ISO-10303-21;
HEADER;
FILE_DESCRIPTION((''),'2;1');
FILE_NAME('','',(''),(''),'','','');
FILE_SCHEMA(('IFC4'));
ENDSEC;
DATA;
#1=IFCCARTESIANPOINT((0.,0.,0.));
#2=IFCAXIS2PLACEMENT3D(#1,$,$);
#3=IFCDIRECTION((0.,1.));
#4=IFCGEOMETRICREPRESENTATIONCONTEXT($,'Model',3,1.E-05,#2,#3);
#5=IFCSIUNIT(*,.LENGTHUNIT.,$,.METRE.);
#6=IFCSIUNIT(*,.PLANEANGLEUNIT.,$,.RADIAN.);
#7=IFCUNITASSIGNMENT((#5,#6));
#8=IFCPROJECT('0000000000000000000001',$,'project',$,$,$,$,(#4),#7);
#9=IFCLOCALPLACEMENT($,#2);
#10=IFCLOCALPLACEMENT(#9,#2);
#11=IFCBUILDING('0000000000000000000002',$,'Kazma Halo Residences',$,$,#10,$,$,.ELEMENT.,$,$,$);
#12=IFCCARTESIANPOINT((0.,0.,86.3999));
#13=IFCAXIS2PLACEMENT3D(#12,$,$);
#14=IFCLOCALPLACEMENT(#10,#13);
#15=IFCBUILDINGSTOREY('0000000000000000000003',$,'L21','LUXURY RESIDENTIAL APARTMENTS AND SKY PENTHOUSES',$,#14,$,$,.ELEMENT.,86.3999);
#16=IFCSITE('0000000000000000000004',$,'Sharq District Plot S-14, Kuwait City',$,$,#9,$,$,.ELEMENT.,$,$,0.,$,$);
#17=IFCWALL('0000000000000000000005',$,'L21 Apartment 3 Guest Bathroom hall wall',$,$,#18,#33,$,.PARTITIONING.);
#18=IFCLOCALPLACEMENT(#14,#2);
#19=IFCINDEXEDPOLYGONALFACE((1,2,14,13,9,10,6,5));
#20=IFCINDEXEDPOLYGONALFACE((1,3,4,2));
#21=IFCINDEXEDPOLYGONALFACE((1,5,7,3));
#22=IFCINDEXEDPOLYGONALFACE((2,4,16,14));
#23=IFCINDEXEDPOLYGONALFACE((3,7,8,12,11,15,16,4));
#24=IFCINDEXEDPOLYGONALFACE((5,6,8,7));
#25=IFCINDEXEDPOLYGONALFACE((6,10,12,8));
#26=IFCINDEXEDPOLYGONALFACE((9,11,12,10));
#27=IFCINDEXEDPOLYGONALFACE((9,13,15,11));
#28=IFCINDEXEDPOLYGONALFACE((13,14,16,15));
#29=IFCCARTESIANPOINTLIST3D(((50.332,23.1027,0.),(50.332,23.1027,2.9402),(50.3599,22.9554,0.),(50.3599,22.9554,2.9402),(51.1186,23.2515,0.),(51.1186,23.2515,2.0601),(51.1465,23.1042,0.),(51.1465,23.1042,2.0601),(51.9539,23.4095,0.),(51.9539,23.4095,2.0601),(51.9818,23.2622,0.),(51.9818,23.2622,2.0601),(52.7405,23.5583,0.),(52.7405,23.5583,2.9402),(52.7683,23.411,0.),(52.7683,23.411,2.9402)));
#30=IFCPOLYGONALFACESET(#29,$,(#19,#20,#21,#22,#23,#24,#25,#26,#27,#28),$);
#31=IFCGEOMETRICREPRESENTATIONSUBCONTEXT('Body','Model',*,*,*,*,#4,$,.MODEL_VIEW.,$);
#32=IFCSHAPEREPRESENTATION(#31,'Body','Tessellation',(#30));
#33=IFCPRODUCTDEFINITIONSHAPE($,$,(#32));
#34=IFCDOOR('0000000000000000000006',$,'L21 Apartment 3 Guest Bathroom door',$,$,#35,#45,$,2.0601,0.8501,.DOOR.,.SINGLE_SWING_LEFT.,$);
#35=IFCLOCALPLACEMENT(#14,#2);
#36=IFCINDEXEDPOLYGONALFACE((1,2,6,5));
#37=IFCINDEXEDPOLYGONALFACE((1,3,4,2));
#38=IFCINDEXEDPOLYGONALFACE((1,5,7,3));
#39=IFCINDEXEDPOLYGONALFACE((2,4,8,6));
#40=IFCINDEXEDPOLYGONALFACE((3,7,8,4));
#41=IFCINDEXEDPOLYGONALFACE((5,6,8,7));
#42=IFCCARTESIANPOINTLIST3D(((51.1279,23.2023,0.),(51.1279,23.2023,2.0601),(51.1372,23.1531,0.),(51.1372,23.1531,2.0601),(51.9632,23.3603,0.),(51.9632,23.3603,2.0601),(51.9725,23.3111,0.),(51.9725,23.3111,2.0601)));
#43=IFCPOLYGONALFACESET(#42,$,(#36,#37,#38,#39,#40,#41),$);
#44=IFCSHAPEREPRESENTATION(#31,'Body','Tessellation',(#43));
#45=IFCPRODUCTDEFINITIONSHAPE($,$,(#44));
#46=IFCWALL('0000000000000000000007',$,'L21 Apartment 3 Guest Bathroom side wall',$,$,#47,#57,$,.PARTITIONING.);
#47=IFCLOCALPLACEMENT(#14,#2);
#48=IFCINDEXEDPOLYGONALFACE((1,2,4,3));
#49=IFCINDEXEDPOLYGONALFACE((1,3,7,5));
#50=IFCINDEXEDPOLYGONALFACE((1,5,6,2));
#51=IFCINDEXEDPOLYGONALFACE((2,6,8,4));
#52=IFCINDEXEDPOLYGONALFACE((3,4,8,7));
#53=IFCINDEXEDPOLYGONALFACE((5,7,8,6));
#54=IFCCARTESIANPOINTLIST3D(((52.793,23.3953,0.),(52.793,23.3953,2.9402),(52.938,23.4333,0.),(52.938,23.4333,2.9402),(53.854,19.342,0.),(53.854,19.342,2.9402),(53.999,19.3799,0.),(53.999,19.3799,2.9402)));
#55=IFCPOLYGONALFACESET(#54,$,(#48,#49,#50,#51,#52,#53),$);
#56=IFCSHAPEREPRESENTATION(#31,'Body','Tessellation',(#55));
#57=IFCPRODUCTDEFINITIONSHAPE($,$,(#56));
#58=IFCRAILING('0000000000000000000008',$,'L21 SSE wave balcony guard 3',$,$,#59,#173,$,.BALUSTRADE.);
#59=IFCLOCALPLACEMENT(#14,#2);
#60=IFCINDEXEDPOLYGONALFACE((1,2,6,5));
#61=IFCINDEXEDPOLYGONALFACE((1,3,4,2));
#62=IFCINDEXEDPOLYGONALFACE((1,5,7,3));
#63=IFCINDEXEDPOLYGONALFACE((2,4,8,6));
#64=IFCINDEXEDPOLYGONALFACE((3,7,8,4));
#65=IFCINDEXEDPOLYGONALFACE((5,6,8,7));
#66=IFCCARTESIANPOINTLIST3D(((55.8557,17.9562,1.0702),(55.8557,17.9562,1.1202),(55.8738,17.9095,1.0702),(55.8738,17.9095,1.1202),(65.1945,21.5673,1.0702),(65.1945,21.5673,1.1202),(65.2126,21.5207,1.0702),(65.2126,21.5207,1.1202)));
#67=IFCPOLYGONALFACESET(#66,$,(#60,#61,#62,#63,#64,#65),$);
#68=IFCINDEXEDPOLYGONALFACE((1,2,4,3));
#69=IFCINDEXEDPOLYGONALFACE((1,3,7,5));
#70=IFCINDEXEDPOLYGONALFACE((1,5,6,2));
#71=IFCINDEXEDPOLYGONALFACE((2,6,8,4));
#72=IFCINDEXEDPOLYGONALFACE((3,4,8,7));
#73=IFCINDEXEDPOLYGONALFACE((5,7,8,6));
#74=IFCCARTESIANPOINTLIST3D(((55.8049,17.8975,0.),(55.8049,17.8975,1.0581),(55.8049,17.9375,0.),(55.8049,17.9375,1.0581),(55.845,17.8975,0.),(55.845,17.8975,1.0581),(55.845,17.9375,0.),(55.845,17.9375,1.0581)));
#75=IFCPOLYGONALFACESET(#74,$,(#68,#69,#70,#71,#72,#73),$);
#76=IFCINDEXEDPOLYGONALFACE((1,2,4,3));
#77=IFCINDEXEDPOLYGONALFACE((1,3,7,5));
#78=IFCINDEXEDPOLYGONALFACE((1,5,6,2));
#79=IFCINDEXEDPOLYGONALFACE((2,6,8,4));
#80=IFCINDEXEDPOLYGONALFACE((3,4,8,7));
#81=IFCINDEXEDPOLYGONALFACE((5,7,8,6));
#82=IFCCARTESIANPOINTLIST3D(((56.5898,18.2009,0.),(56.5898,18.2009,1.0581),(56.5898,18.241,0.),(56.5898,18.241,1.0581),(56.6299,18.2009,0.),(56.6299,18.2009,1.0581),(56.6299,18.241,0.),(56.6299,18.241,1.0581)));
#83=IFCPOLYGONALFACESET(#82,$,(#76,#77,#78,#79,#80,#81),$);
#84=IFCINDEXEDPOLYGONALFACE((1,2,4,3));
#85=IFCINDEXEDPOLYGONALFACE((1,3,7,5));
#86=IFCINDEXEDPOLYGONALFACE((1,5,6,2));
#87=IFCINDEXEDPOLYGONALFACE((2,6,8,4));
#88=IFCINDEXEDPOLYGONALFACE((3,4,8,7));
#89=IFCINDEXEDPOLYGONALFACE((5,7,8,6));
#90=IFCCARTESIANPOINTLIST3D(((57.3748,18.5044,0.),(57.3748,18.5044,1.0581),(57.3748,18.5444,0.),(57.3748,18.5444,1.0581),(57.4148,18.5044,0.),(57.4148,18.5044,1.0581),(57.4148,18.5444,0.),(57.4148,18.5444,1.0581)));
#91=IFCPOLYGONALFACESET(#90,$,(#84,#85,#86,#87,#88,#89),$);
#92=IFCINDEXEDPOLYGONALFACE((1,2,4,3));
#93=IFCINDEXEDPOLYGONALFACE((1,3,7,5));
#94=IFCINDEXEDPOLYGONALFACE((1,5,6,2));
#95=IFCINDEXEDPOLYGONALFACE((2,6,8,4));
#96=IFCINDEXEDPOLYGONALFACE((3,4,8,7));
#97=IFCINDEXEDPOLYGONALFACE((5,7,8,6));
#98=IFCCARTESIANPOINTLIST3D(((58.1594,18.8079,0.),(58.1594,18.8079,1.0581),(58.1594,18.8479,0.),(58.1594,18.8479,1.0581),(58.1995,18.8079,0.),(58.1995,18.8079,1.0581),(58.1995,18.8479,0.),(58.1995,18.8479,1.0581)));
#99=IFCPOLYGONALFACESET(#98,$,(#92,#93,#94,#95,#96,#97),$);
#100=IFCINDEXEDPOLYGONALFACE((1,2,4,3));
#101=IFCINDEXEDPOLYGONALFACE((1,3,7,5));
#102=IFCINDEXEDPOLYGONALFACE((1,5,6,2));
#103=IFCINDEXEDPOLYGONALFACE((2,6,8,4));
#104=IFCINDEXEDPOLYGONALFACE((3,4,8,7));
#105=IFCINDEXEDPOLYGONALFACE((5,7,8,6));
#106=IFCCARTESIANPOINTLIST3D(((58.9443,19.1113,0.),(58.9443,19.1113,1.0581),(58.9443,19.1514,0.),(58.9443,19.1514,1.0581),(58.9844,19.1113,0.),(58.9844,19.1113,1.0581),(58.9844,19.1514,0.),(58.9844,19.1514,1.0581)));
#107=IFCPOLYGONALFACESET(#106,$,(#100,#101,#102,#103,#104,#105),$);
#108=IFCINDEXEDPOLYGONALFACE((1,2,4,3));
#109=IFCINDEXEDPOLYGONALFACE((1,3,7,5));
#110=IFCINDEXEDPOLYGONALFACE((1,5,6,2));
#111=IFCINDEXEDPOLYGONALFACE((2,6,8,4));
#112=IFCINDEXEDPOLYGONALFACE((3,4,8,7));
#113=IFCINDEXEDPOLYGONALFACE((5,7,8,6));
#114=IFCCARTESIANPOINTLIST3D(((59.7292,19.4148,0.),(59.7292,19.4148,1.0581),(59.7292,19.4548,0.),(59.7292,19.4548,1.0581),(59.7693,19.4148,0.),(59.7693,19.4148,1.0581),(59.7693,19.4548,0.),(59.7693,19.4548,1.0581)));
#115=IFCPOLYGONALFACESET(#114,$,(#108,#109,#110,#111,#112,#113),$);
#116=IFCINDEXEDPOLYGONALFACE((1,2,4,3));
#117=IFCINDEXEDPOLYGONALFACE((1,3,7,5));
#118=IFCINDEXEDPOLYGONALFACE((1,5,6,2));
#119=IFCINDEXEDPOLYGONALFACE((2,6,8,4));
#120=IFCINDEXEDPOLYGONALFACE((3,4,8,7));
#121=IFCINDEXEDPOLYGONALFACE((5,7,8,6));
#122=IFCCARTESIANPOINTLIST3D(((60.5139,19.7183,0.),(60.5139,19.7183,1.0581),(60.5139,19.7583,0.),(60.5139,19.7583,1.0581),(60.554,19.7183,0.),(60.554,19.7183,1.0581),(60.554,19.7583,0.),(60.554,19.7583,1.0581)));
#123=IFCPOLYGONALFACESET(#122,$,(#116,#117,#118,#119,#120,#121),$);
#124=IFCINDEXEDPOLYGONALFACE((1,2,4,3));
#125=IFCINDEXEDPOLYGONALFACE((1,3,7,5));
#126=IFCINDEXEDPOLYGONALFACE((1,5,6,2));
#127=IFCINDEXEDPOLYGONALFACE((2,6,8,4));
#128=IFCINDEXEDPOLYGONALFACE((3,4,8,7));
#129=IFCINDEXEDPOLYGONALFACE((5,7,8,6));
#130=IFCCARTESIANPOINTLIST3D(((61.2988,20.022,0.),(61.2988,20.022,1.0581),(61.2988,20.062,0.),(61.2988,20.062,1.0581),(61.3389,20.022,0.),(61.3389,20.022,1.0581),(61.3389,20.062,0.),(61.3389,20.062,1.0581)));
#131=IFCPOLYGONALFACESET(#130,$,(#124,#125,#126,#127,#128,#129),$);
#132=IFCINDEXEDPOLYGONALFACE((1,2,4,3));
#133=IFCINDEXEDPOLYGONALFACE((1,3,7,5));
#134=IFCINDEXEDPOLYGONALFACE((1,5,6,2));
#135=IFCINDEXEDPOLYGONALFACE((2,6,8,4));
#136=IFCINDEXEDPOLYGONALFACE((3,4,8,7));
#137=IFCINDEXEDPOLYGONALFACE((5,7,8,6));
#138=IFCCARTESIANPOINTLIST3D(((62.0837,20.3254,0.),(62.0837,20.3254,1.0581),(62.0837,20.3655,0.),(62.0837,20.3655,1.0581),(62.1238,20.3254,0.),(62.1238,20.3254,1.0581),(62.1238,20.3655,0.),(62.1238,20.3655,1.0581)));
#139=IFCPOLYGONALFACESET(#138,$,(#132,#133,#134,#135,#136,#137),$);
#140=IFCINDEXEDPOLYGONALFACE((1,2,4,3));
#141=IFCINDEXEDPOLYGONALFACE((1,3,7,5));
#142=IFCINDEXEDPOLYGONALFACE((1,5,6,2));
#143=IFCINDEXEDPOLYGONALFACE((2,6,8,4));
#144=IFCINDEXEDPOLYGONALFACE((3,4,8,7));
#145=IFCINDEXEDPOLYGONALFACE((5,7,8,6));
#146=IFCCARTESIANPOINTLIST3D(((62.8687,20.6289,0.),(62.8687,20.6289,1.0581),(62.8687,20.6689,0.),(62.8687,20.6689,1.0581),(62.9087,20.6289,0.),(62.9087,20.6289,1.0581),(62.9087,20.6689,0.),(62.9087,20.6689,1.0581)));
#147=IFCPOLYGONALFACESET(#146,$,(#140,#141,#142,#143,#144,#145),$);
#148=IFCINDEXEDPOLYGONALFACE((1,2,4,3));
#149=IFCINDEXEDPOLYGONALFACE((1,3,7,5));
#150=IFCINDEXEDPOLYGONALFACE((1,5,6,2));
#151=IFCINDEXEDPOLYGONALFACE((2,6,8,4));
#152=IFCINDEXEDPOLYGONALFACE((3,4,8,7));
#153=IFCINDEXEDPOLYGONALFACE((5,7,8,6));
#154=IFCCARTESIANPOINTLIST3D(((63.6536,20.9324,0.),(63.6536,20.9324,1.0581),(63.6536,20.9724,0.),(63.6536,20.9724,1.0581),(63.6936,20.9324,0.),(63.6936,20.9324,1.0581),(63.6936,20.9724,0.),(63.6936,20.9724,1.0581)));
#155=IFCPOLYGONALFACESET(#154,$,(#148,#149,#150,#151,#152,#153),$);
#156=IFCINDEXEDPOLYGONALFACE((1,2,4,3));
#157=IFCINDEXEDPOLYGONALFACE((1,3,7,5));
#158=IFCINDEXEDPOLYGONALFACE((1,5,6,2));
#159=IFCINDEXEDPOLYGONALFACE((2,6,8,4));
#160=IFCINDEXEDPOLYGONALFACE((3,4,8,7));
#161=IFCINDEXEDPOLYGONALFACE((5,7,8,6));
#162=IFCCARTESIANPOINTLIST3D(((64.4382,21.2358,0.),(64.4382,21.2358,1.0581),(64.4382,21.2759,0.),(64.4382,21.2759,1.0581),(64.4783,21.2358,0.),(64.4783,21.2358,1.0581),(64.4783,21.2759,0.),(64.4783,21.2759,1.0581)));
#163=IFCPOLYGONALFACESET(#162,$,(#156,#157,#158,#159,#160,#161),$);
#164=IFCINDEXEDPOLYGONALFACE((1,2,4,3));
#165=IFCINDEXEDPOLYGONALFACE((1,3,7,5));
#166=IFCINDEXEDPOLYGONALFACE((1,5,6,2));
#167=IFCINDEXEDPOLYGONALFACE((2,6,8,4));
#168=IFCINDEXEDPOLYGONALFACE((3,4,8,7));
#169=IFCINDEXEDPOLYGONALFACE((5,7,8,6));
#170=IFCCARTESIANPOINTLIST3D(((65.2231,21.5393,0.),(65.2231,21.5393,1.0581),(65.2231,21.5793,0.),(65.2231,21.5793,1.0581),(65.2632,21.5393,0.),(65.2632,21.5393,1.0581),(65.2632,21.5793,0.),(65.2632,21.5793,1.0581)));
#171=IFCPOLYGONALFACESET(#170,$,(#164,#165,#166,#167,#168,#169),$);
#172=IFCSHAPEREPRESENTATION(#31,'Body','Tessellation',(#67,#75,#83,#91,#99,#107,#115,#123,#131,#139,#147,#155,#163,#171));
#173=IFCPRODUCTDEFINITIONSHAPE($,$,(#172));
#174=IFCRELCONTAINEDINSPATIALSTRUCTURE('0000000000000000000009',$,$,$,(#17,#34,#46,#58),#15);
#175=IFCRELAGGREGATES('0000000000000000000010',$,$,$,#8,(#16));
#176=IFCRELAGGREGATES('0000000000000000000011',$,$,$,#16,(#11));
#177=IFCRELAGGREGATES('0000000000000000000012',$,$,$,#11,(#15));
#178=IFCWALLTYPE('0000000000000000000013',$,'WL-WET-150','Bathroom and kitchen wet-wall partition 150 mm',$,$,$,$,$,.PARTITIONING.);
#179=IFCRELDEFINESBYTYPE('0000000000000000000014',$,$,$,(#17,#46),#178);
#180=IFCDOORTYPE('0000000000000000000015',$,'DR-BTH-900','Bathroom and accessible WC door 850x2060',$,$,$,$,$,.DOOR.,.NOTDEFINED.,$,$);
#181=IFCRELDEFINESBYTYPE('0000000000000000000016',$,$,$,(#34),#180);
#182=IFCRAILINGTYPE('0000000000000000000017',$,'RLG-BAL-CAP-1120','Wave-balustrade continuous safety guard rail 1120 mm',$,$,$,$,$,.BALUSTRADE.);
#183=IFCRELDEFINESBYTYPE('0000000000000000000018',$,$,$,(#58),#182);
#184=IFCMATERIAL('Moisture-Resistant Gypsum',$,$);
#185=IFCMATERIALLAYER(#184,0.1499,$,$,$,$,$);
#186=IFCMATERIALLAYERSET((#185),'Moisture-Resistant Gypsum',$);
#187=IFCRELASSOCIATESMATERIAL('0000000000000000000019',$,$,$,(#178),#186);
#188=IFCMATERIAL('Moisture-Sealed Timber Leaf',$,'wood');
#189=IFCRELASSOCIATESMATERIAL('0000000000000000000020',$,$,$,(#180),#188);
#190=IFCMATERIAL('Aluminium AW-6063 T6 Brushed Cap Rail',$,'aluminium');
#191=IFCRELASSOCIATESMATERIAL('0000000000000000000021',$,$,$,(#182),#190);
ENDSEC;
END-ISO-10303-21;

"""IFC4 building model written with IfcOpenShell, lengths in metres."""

from ifc_helpers import new_model, si_unit, direction, frame, frame_2d, origin, origin_2d, place, context, subcontext, project, spatial, rectangle, extrude, material, layer, layer_set, type_object, element, fill, save


model = new_model("IFC4")

# Units and contexts
model_context = context("Model", 3, precision=1e-05, world=origin(), true_north=direction((0.0, 1.0)))
body_context = subcontext(model_context, "Body", "Model", "MODEL_VIEW")
ifc_project = project(units=[si_unit("LENGTHUNIT", "METRE"), si_unit("PLANEANGLEUNIT", "RADIAN")], contexts=[model_context])

# Site, building, storey
site_placement = place(None, origin())
site = spatial("IfcSite", under=ifc_project, at=site_placement, Name="Sharq District Plot S-14, Kuwait City", CompositionType="ELEMENT", RefElevation=0.0)
building_placement = place(site_placement, origin())
building = spatial("IfcBuilding", under=site, at=building_placement, Name="Kazma Halo Residences", CompositionType="ELEMENT")
storey_placement = place(building_placement, frame((0.0, 0.0, 86.3999)))
storey = spatial("IfcBuildingStorey", under=building, at=storey_placement, Name="L21", Description="LUXURY RESIDENTIAL APARTMENTS AND SKY PENTHOUSES", CompositionType="ELEMENT", Elevation=86.3999)

# Wall, opening, door
ifc_material_1 = material(Name="Moisture-Resistant Gypsum")
ifc_layer_1 = layer(ifc_material_1, 0.1499)
ifc_layer_set_1 = layer_set([ifc_layer_1], Name="Moisture-Resistant Gypsum")
wall_type_1 = type_object("IfcWallType", Name="WL-WET-150", Description="Bathroom and kitchen wet-wall partition 150 mm", PredefinedType="PARTITIONING", material=ifc_layer_set_1)
wall_1_placement = place(storey_placement, frame((50.3459, 23.0291, 0.0), z_axis=(0.0, 0.0, 1.0), x_axis=(0.982577, 0.185858, 0.0)))
wall_1 = element("IfcWall", 1, at=wall_1_placement, inside=storey, type_object=wall_type_1, Name="L21 Apartment 3 Guest Bathroom hall wall", PredefinedType="PARTITIONING", context=body_context, shape_type="SweptSolid", body=[
    extrude(rectangle(XDim=2.4512, YDim=0.1499, at=frame_2d((1.2256, 0.0))), origin(), (0.0, 0.0, 1.0), 2.9402),
])
opening_1_placement = place(wall_1_placement, frame((0.8005, 0.0, 0.0)))
opening_1 = element("IfcOpeningElement", 2, at=opening_1_placement, cuts=wall_1, PredefinedType="OPENING", context=body_context, shape_type="SweptSolid", body=[
    extrude(rectangle(XDim=0.8501, YDim=2.0601, at=frame_2d((0.425, 1.03))), frame((0.0, 0.085, 0.0), z_axis=(0.0, -1.0, 0.0), x_axis=(1.0, 0.0, 0.0)), (0.0, 0.0, 1.0), 0.1699),
])
ifc_material_2 = material(Name="Moisture-Sealed Timber Leaf", Category="wood")
door_type_1 = type_object("IfcDoorType", Name="DR-BTH-900", Description="Bathroom and accessible WC door 850x2060", OperationType="NOTDEFINED", PredefinedType="DOOR", material=ifc_material_2)
door_1_placement = place(opening_1_placement, origin())
door_1 = element("IfcDoor", 3, at=door_1_placement, inside=storey, type_object=door_type_1, Name="L21 Apartment 3 Guest Bathroom door", OperationType="SINGLE_SWING_LEFT", OverallHeight=2.0601, OverallWidth=0.8501, PredefinedType="DOOR", context=body_context, shape_type="SweptSolid", body=[
    extrude(rectangle(XDim=0.8501, YDim=2.0601, at=frame_2d((0.425, 1.03))), frame((0.0, 0.0249, 0.0), z_axis=(0.0, -1.0, 0.0), x_axis=(1.0, 0.0, 0.0)), (0.0, 0.0, 1.0), 0.05),
])
fill(opening_1, door_1)

# Wall
wall_2_placement = place(storey_placement, frame((52.8655, 23.4143, 0.0), z_axis=(0.0, 0.0, 1.0), x_axis=(0.253228, -0.967407, 0.0)))
element("IfcWall", 4, at=wall_2_placement, inside=storey, type_object=wall_type_1, Name="L21 Apartment 3 Guest Bathroom side wall", PredefinedType="PARTITIONING", context=body_context, shape_type="SweptSolid", body=[
    extrude(rectangle(XDim=4.1899, YDim=0.1499, at=frame_2d((2.095, 0.0))), origin(), (0.0, 0.0, 1.0), 2.9402),
])

# Railing
ifc_material_3 = material(Name="Aluminium AW-6063 T6 Brushed Cap Rail", Category="aluminium")
railing_type = type_object("IfcRailingType", Name="RLG-BAL-CAP-1120", Description="Wave-balustrade continuous safety guard rail 1120 mm", PredefinedType="BALUSTRADE", material=ifc_material_3)
railing_placement = place(storey_placement, frame((55.825, 17.9175, 0.0)))
element("IfcRailing", 5, at=railing_placement, inside=storey, type_object=railing_type, Name="L21 SSE wave balcony guard 3", PredefinedType="BALUSTRADE", context=body_context, shape_type="SweptSolid", body=[
    extrude(rectangle(XDim=0.05, YDim=0.05, at=origin_2d()), frame((0.0398, 0.0154, 1.0952), z_axis=(0.932699, 0.360657, 0.0), x_axis=(-0.360657, 0.932699, 0.0)), (0.0, 0.0, 1.0), 10.0127),
    extrude(rectangle(XDim=0.04, YDim=0.04, at=origin_2d()), origin(), (0.0, 0.0, 1.0), 1.0581),
    extrude(rectangle(XDim=0.04, YDim=0.04, at=origin_2d()), frame((0.7849, 0.3035, 0.0)), (0.0, 0.0, 1.0), 1.0581),
    extrude(rectangle(XDim=0.04, YDim=0.04, at=origin_2d()), frame((1.5698, 0.6069, 0.0)), (0.0, 0.0, 1.0), 1.0581),
    extrude(rectangle(XDim=0.04, YDim=0.04, at=origin_2d()), frame((2.3545, 0.9104, 0.0)), (0.0, 0.0, 1.0), 1.0581),
    extrude(rectangle(XDim=0.04, YDim=0.04, at=origin_2d()), frame((3.1394, 1.2139, 0.0)), (0.0, 0.0, 1.0), 1.0581),
    extrude(rectangle(XDim=0.04, YDim=0.04, at=origin_2d()), frame((3.9243, 1.5173, 0.0)), (0.0, 0.0, 1.0), 1.0581),
    extrude(rectangle(XDim=0.04, YDim=0.04, at=origin_2d()), frame((4.709, 1.8208, 0.0)), (0.0, 0.0, 1.0), 1.0581),
    extrude(rectangle(XDim=0.04, YDim=0.04, at=origin_2d()), frame((5.4939, 2.1245, 0.0)), (0.0, 0.0, 1.0), 1.0581),
    extrude(rectangle(XDim=0.04, YDim=0.04, at=origin_2d()), frame((6.2788, 2.428, 0.0)), (0.0, 0.0, 1.0), 1.0581),
    extrude(rectangle(XDim=0.04, YDim=0.04, at=origin_2d()), frame((7.0637, 2.7314, 0.0)), (0.0, 0.0, 1.0), 1.0581),
    extrude(rectangle(XDim=0.04, YDim=0.04, at=origin_2d()), frame((7.8486, 3.0349, 0.0)), (0.0, 0.0, 1.0), 1.0581),
    extrude(rectangle(XDim=0.04, YDim=0.04, at=origin_2d()), frame((8.6333, 3.3384, 0.0)), (0.0, 0.0, 1.0), 1.0581),
    extrude(rectangle(XDim=0.04, YDim=0.04, at=origin_2d()), frame((9.4182, 3.6418, 0.0)), (0.0, 0.0, 1.0), 1.0581),
])

save(model, "model.ifc")
